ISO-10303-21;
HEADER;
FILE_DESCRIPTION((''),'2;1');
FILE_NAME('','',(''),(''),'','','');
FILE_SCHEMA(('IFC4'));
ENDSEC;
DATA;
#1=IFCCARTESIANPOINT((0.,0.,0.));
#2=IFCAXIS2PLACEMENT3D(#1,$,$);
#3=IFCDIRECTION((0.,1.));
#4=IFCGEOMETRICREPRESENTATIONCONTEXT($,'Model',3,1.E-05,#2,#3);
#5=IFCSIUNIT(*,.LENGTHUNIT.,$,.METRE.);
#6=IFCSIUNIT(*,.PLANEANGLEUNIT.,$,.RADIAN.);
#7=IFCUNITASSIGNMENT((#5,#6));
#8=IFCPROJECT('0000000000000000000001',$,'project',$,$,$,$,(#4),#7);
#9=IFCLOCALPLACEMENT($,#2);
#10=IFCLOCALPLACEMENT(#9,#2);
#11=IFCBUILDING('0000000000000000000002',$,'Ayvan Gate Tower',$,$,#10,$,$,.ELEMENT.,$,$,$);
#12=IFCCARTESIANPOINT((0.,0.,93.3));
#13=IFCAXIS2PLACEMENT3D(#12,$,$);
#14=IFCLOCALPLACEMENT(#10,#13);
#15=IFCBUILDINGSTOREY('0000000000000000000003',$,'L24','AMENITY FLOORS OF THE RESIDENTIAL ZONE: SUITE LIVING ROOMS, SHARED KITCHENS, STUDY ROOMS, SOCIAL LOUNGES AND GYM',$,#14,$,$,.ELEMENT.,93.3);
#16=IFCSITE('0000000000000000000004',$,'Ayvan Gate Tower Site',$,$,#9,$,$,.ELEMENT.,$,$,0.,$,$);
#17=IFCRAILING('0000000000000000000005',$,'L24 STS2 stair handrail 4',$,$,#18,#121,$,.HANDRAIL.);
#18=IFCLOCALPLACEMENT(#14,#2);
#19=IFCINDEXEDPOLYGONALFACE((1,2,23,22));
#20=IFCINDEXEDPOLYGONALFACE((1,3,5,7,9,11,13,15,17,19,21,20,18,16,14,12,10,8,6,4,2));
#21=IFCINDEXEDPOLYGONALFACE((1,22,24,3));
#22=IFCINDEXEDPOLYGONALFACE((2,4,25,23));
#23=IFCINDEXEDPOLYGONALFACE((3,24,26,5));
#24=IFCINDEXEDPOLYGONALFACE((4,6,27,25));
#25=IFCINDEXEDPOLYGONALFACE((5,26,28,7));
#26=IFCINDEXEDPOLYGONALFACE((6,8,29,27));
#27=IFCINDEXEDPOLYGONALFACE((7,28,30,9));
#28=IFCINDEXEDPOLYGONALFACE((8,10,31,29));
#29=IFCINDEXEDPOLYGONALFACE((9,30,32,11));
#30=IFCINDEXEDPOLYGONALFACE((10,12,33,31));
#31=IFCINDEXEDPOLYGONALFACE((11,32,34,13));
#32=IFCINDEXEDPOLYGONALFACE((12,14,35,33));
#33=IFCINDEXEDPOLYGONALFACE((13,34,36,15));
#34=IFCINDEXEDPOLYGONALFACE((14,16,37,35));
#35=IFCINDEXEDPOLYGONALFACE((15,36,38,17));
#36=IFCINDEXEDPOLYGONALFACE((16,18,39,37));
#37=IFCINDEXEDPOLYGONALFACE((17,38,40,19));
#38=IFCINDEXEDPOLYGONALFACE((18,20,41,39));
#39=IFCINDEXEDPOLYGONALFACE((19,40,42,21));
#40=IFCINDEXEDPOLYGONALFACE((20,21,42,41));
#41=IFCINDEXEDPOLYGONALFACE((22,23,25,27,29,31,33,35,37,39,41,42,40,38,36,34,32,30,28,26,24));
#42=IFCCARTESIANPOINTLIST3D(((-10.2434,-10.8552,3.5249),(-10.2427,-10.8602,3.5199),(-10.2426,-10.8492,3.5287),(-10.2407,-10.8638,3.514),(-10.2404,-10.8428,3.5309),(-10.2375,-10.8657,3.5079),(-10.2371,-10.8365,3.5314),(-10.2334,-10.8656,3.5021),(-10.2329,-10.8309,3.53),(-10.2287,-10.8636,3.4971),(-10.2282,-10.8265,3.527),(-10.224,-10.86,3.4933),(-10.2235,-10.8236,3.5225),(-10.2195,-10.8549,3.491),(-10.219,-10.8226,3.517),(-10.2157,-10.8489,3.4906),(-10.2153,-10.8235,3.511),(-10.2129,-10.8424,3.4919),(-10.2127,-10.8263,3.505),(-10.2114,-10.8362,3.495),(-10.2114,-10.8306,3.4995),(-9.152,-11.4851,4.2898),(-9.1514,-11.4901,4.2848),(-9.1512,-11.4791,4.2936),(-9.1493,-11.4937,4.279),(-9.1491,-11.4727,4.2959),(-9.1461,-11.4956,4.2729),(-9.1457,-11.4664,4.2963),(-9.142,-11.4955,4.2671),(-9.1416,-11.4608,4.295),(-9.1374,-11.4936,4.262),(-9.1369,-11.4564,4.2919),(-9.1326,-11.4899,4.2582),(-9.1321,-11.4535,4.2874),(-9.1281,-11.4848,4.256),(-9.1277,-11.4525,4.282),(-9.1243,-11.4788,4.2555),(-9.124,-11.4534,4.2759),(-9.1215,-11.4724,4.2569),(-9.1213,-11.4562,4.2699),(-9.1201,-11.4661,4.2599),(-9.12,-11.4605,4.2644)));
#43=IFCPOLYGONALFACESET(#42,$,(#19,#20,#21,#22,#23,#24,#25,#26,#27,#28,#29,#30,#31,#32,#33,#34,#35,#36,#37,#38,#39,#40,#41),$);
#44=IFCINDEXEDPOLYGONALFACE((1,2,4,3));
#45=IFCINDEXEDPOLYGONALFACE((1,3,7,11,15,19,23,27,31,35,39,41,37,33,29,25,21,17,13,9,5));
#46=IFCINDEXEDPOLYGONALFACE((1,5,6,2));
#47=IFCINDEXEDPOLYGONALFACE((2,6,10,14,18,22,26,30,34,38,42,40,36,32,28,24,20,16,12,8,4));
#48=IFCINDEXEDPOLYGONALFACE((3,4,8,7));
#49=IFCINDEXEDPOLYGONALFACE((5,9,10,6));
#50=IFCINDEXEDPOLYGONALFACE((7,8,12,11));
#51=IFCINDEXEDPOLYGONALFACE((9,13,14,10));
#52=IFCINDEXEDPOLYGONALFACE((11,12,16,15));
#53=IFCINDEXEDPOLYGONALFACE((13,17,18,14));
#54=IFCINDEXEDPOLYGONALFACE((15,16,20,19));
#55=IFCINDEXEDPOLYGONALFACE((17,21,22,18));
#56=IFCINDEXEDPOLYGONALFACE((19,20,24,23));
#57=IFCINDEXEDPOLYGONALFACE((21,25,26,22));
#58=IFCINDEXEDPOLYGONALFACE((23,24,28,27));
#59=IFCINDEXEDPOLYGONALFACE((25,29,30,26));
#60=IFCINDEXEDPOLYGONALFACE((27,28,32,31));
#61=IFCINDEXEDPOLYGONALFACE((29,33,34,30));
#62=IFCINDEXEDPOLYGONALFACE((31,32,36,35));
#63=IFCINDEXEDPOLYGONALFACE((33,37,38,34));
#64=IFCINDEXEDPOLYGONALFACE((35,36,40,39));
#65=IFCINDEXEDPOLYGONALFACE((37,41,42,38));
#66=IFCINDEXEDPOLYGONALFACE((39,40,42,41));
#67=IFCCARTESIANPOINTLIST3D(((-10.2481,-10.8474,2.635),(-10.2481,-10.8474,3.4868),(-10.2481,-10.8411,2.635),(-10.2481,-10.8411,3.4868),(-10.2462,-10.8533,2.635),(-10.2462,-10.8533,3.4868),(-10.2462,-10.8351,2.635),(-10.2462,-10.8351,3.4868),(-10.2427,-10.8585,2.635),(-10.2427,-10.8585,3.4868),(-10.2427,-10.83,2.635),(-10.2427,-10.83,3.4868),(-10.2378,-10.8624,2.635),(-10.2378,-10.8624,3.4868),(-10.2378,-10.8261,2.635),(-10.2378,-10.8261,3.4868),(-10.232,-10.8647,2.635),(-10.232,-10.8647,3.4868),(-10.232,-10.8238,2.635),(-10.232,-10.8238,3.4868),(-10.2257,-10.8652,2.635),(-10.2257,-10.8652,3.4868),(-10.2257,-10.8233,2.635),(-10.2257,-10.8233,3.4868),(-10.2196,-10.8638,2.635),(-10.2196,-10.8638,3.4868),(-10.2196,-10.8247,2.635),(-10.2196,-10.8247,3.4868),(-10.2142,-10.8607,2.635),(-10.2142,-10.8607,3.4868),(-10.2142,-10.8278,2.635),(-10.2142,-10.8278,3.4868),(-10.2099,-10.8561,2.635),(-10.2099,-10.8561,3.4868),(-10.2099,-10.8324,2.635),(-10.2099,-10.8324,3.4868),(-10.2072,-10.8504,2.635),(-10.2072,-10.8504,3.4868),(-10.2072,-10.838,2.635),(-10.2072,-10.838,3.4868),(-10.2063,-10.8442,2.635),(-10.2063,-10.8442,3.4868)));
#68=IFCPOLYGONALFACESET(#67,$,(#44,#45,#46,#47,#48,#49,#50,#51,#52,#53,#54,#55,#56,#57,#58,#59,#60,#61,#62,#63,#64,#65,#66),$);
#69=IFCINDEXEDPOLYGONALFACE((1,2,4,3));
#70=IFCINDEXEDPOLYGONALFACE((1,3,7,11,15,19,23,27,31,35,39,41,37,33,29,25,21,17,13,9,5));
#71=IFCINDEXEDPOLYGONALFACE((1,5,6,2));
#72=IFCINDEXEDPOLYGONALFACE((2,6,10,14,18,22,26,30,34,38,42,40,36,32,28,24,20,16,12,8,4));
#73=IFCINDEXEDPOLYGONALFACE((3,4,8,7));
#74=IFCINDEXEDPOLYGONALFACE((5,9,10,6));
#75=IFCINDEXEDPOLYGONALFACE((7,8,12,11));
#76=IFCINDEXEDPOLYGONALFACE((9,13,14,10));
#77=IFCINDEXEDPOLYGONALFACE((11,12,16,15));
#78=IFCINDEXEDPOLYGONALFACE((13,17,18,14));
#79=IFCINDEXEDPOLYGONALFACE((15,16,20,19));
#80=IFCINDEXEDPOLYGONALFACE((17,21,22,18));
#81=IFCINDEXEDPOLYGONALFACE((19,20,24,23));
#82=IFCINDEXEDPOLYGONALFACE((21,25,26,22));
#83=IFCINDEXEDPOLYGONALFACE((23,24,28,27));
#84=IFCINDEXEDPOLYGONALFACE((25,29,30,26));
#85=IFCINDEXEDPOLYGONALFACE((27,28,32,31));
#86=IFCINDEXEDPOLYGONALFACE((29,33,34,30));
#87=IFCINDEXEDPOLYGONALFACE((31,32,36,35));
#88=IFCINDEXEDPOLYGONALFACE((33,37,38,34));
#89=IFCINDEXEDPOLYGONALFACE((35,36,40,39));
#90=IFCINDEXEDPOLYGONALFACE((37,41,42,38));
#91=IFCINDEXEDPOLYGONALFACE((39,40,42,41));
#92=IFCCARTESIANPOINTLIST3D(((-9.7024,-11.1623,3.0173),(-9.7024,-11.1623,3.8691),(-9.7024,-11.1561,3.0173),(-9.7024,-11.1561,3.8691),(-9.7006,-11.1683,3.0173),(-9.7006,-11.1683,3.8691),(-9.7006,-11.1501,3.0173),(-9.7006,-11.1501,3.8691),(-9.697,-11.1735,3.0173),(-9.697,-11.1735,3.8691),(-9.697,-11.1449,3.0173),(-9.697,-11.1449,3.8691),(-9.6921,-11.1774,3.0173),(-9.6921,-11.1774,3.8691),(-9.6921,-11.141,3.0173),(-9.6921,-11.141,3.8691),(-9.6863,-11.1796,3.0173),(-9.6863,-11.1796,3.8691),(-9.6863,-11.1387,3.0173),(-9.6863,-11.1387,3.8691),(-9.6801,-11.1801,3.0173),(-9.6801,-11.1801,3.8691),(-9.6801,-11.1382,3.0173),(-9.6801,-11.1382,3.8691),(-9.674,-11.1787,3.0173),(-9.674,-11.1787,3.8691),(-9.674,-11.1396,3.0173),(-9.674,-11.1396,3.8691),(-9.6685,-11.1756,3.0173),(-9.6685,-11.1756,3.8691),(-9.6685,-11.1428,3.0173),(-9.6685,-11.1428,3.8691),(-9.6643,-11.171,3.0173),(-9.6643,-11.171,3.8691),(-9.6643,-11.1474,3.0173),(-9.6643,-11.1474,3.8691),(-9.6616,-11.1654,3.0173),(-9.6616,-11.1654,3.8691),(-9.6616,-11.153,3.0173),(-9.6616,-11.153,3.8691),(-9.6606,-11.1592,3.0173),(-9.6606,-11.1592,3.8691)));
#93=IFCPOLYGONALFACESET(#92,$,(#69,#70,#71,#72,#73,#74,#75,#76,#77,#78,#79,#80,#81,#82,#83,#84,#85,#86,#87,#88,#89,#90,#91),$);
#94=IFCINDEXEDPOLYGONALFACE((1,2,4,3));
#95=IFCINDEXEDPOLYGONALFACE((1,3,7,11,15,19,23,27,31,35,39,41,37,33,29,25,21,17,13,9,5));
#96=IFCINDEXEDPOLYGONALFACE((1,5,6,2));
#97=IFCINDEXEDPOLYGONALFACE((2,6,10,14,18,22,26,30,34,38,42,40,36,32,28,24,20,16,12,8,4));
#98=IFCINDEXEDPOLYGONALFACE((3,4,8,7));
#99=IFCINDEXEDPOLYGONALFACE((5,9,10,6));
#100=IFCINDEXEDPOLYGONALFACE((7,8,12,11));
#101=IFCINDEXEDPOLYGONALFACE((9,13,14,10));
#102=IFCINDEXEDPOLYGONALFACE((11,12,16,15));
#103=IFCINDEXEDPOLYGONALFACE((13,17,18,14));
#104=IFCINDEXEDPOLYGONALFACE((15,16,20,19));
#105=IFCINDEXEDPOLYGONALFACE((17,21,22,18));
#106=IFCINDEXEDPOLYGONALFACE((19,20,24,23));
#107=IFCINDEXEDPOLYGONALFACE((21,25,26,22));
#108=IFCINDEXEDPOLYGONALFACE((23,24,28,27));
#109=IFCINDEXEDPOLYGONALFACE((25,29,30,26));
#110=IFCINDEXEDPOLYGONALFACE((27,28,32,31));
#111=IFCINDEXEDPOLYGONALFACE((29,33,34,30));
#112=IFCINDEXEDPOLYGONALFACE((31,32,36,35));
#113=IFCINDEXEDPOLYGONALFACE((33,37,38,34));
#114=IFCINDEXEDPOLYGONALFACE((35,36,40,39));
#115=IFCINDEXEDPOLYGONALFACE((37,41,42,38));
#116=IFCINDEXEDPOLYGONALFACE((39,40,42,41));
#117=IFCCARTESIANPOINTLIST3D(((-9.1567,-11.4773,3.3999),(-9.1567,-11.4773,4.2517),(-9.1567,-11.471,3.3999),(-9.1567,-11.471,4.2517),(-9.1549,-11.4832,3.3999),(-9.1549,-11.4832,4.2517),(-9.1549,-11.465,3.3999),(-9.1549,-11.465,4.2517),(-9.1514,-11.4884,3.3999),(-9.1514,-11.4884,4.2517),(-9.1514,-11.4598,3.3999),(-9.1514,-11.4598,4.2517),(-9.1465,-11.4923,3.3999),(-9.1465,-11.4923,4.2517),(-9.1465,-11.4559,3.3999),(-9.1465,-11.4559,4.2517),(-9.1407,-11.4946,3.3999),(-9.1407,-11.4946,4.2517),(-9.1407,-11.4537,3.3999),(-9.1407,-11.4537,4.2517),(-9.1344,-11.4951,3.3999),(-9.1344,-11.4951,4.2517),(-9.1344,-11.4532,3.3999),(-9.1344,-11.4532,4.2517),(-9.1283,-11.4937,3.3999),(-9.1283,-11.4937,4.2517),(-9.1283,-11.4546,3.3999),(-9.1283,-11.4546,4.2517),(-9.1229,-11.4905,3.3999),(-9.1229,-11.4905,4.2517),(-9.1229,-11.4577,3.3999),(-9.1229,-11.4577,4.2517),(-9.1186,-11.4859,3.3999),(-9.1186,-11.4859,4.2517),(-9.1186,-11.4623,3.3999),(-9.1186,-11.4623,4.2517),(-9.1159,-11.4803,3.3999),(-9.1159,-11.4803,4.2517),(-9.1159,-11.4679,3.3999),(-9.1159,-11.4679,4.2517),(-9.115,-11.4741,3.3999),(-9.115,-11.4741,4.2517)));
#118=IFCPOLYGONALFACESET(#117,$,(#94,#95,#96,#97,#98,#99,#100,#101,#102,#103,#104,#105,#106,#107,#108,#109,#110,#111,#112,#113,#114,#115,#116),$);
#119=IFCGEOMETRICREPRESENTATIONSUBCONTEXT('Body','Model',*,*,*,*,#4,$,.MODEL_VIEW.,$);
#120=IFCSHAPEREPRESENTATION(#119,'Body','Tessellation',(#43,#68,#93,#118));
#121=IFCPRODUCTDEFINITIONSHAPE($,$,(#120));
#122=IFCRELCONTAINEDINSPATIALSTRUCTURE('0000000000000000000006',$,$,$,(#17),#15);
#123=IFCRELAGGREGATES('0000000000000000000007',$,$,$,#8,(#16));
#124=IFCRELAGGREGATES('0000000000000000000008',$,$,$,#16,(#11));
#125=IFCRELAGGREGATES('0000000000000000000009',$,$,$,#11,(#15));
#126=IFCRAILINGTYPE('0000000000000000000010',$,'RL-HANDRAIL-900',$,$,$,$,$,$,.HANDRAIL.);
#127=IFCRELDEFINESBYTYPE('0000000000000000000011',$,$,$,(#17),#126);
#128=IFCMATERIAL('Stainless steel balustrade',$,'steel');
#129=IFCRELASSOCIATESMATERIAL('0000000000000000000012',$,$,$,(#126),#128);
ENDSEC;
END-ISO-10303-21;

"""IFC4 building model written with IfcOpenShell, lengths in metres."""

from ifc_helpers import new_model, si_unit, direction, frame, origin, origin_2d, place, context, subcontext, project, spatial, circle, extrude, material, type_object, element, save


model = new_model("IFC4")

# Units and contexts
model_context = context("Model", 3, precision=1e-05, world=origin(), true_north=direction((0.0, 1.0)))
body_context = subcontext(model_context, "Body", "Model", "MODEL_VIEW")
ifc_project = project(units=[si_unit("LENGTHUNIT", "METRE"), si_unit("PLANEANGLEUNIT", "RADIAN")], contexts=[model_context])

# Site, building, storey
site_placement = place(None, origin())
site = spatial("IfcSite", under=ifc_project, at=site_placement, Name="Ayvan Gate Tower Site", CompositionType="ELEMENT", RefElevation=0.0)
building_placement = place(site_placement, origin())
building = spatial("IfcBuilding", under=site, at=building_placement, Name="Ayvan Gate Tower", CompositionType="ELEMENT")
storey_placement = place(building_placement, frame((0.0, 0.0, 93.3)))
storey = spatial("IfcBuildingStorey", under=building, at=storey_placement, Name="L24", Description="AMENITY FLOORS OF THE RESIDENTIAL ZONE: SUITE LIVING ROOMS, SHARED KITCHENS, STUDY ROOMS, SOCIAL LOUNGES AND GYM", CompositionType="ELEMENT", Elevation=93.3)

# Railing
ifc_material_1 = material(Name="Stainless steel balustrade", Category="steel")
railing_type_1 = type_object("IfcRailingType", Name="RL-HANDRAIL-900", PredefinedType="HANDRAIL", material=ifc_material_1)
railing_1_placement = place(storey_placement, frame((-10.2273, -10.8442, 2.635)))
element("IfcRailing", 1, at=railing_1_placement, inside=storey, type_object=railing_type_1, Name="L24 STS2 stair handrail 4", PredefinedType="HANDRAIL", context=body_context, shape_type="SweptSolid", body=[
    extrude(circle(Radius=0.0239, at=origin_2d()), frame((0.0, 0.0, 0.876), z_axis=(0.740357, -0.42732, 0.518912), x_axis=(0.49989, 0.866089, 0.0)), (0.0, 0.0, 1.0), 1.4741),
    extrude(circle(Radius=0.021, at=origin_2d()), origin(), (0.0, 0.0, 1.0), 0.8518),
    extrude(circle(Radius=0.021, at=origin_2d()), frame((0.5457, -0.3149, 0.3823)), (0.0, 0.0, 1.0), 0.8518),
    extrude(circle(Radius=0.021, at=origin_2d()), frame((1.0913, -0.6299, 0.7649)), (0.0, 0.0, 1.0), 0.8518),
])

save(model, "model.ifc")
